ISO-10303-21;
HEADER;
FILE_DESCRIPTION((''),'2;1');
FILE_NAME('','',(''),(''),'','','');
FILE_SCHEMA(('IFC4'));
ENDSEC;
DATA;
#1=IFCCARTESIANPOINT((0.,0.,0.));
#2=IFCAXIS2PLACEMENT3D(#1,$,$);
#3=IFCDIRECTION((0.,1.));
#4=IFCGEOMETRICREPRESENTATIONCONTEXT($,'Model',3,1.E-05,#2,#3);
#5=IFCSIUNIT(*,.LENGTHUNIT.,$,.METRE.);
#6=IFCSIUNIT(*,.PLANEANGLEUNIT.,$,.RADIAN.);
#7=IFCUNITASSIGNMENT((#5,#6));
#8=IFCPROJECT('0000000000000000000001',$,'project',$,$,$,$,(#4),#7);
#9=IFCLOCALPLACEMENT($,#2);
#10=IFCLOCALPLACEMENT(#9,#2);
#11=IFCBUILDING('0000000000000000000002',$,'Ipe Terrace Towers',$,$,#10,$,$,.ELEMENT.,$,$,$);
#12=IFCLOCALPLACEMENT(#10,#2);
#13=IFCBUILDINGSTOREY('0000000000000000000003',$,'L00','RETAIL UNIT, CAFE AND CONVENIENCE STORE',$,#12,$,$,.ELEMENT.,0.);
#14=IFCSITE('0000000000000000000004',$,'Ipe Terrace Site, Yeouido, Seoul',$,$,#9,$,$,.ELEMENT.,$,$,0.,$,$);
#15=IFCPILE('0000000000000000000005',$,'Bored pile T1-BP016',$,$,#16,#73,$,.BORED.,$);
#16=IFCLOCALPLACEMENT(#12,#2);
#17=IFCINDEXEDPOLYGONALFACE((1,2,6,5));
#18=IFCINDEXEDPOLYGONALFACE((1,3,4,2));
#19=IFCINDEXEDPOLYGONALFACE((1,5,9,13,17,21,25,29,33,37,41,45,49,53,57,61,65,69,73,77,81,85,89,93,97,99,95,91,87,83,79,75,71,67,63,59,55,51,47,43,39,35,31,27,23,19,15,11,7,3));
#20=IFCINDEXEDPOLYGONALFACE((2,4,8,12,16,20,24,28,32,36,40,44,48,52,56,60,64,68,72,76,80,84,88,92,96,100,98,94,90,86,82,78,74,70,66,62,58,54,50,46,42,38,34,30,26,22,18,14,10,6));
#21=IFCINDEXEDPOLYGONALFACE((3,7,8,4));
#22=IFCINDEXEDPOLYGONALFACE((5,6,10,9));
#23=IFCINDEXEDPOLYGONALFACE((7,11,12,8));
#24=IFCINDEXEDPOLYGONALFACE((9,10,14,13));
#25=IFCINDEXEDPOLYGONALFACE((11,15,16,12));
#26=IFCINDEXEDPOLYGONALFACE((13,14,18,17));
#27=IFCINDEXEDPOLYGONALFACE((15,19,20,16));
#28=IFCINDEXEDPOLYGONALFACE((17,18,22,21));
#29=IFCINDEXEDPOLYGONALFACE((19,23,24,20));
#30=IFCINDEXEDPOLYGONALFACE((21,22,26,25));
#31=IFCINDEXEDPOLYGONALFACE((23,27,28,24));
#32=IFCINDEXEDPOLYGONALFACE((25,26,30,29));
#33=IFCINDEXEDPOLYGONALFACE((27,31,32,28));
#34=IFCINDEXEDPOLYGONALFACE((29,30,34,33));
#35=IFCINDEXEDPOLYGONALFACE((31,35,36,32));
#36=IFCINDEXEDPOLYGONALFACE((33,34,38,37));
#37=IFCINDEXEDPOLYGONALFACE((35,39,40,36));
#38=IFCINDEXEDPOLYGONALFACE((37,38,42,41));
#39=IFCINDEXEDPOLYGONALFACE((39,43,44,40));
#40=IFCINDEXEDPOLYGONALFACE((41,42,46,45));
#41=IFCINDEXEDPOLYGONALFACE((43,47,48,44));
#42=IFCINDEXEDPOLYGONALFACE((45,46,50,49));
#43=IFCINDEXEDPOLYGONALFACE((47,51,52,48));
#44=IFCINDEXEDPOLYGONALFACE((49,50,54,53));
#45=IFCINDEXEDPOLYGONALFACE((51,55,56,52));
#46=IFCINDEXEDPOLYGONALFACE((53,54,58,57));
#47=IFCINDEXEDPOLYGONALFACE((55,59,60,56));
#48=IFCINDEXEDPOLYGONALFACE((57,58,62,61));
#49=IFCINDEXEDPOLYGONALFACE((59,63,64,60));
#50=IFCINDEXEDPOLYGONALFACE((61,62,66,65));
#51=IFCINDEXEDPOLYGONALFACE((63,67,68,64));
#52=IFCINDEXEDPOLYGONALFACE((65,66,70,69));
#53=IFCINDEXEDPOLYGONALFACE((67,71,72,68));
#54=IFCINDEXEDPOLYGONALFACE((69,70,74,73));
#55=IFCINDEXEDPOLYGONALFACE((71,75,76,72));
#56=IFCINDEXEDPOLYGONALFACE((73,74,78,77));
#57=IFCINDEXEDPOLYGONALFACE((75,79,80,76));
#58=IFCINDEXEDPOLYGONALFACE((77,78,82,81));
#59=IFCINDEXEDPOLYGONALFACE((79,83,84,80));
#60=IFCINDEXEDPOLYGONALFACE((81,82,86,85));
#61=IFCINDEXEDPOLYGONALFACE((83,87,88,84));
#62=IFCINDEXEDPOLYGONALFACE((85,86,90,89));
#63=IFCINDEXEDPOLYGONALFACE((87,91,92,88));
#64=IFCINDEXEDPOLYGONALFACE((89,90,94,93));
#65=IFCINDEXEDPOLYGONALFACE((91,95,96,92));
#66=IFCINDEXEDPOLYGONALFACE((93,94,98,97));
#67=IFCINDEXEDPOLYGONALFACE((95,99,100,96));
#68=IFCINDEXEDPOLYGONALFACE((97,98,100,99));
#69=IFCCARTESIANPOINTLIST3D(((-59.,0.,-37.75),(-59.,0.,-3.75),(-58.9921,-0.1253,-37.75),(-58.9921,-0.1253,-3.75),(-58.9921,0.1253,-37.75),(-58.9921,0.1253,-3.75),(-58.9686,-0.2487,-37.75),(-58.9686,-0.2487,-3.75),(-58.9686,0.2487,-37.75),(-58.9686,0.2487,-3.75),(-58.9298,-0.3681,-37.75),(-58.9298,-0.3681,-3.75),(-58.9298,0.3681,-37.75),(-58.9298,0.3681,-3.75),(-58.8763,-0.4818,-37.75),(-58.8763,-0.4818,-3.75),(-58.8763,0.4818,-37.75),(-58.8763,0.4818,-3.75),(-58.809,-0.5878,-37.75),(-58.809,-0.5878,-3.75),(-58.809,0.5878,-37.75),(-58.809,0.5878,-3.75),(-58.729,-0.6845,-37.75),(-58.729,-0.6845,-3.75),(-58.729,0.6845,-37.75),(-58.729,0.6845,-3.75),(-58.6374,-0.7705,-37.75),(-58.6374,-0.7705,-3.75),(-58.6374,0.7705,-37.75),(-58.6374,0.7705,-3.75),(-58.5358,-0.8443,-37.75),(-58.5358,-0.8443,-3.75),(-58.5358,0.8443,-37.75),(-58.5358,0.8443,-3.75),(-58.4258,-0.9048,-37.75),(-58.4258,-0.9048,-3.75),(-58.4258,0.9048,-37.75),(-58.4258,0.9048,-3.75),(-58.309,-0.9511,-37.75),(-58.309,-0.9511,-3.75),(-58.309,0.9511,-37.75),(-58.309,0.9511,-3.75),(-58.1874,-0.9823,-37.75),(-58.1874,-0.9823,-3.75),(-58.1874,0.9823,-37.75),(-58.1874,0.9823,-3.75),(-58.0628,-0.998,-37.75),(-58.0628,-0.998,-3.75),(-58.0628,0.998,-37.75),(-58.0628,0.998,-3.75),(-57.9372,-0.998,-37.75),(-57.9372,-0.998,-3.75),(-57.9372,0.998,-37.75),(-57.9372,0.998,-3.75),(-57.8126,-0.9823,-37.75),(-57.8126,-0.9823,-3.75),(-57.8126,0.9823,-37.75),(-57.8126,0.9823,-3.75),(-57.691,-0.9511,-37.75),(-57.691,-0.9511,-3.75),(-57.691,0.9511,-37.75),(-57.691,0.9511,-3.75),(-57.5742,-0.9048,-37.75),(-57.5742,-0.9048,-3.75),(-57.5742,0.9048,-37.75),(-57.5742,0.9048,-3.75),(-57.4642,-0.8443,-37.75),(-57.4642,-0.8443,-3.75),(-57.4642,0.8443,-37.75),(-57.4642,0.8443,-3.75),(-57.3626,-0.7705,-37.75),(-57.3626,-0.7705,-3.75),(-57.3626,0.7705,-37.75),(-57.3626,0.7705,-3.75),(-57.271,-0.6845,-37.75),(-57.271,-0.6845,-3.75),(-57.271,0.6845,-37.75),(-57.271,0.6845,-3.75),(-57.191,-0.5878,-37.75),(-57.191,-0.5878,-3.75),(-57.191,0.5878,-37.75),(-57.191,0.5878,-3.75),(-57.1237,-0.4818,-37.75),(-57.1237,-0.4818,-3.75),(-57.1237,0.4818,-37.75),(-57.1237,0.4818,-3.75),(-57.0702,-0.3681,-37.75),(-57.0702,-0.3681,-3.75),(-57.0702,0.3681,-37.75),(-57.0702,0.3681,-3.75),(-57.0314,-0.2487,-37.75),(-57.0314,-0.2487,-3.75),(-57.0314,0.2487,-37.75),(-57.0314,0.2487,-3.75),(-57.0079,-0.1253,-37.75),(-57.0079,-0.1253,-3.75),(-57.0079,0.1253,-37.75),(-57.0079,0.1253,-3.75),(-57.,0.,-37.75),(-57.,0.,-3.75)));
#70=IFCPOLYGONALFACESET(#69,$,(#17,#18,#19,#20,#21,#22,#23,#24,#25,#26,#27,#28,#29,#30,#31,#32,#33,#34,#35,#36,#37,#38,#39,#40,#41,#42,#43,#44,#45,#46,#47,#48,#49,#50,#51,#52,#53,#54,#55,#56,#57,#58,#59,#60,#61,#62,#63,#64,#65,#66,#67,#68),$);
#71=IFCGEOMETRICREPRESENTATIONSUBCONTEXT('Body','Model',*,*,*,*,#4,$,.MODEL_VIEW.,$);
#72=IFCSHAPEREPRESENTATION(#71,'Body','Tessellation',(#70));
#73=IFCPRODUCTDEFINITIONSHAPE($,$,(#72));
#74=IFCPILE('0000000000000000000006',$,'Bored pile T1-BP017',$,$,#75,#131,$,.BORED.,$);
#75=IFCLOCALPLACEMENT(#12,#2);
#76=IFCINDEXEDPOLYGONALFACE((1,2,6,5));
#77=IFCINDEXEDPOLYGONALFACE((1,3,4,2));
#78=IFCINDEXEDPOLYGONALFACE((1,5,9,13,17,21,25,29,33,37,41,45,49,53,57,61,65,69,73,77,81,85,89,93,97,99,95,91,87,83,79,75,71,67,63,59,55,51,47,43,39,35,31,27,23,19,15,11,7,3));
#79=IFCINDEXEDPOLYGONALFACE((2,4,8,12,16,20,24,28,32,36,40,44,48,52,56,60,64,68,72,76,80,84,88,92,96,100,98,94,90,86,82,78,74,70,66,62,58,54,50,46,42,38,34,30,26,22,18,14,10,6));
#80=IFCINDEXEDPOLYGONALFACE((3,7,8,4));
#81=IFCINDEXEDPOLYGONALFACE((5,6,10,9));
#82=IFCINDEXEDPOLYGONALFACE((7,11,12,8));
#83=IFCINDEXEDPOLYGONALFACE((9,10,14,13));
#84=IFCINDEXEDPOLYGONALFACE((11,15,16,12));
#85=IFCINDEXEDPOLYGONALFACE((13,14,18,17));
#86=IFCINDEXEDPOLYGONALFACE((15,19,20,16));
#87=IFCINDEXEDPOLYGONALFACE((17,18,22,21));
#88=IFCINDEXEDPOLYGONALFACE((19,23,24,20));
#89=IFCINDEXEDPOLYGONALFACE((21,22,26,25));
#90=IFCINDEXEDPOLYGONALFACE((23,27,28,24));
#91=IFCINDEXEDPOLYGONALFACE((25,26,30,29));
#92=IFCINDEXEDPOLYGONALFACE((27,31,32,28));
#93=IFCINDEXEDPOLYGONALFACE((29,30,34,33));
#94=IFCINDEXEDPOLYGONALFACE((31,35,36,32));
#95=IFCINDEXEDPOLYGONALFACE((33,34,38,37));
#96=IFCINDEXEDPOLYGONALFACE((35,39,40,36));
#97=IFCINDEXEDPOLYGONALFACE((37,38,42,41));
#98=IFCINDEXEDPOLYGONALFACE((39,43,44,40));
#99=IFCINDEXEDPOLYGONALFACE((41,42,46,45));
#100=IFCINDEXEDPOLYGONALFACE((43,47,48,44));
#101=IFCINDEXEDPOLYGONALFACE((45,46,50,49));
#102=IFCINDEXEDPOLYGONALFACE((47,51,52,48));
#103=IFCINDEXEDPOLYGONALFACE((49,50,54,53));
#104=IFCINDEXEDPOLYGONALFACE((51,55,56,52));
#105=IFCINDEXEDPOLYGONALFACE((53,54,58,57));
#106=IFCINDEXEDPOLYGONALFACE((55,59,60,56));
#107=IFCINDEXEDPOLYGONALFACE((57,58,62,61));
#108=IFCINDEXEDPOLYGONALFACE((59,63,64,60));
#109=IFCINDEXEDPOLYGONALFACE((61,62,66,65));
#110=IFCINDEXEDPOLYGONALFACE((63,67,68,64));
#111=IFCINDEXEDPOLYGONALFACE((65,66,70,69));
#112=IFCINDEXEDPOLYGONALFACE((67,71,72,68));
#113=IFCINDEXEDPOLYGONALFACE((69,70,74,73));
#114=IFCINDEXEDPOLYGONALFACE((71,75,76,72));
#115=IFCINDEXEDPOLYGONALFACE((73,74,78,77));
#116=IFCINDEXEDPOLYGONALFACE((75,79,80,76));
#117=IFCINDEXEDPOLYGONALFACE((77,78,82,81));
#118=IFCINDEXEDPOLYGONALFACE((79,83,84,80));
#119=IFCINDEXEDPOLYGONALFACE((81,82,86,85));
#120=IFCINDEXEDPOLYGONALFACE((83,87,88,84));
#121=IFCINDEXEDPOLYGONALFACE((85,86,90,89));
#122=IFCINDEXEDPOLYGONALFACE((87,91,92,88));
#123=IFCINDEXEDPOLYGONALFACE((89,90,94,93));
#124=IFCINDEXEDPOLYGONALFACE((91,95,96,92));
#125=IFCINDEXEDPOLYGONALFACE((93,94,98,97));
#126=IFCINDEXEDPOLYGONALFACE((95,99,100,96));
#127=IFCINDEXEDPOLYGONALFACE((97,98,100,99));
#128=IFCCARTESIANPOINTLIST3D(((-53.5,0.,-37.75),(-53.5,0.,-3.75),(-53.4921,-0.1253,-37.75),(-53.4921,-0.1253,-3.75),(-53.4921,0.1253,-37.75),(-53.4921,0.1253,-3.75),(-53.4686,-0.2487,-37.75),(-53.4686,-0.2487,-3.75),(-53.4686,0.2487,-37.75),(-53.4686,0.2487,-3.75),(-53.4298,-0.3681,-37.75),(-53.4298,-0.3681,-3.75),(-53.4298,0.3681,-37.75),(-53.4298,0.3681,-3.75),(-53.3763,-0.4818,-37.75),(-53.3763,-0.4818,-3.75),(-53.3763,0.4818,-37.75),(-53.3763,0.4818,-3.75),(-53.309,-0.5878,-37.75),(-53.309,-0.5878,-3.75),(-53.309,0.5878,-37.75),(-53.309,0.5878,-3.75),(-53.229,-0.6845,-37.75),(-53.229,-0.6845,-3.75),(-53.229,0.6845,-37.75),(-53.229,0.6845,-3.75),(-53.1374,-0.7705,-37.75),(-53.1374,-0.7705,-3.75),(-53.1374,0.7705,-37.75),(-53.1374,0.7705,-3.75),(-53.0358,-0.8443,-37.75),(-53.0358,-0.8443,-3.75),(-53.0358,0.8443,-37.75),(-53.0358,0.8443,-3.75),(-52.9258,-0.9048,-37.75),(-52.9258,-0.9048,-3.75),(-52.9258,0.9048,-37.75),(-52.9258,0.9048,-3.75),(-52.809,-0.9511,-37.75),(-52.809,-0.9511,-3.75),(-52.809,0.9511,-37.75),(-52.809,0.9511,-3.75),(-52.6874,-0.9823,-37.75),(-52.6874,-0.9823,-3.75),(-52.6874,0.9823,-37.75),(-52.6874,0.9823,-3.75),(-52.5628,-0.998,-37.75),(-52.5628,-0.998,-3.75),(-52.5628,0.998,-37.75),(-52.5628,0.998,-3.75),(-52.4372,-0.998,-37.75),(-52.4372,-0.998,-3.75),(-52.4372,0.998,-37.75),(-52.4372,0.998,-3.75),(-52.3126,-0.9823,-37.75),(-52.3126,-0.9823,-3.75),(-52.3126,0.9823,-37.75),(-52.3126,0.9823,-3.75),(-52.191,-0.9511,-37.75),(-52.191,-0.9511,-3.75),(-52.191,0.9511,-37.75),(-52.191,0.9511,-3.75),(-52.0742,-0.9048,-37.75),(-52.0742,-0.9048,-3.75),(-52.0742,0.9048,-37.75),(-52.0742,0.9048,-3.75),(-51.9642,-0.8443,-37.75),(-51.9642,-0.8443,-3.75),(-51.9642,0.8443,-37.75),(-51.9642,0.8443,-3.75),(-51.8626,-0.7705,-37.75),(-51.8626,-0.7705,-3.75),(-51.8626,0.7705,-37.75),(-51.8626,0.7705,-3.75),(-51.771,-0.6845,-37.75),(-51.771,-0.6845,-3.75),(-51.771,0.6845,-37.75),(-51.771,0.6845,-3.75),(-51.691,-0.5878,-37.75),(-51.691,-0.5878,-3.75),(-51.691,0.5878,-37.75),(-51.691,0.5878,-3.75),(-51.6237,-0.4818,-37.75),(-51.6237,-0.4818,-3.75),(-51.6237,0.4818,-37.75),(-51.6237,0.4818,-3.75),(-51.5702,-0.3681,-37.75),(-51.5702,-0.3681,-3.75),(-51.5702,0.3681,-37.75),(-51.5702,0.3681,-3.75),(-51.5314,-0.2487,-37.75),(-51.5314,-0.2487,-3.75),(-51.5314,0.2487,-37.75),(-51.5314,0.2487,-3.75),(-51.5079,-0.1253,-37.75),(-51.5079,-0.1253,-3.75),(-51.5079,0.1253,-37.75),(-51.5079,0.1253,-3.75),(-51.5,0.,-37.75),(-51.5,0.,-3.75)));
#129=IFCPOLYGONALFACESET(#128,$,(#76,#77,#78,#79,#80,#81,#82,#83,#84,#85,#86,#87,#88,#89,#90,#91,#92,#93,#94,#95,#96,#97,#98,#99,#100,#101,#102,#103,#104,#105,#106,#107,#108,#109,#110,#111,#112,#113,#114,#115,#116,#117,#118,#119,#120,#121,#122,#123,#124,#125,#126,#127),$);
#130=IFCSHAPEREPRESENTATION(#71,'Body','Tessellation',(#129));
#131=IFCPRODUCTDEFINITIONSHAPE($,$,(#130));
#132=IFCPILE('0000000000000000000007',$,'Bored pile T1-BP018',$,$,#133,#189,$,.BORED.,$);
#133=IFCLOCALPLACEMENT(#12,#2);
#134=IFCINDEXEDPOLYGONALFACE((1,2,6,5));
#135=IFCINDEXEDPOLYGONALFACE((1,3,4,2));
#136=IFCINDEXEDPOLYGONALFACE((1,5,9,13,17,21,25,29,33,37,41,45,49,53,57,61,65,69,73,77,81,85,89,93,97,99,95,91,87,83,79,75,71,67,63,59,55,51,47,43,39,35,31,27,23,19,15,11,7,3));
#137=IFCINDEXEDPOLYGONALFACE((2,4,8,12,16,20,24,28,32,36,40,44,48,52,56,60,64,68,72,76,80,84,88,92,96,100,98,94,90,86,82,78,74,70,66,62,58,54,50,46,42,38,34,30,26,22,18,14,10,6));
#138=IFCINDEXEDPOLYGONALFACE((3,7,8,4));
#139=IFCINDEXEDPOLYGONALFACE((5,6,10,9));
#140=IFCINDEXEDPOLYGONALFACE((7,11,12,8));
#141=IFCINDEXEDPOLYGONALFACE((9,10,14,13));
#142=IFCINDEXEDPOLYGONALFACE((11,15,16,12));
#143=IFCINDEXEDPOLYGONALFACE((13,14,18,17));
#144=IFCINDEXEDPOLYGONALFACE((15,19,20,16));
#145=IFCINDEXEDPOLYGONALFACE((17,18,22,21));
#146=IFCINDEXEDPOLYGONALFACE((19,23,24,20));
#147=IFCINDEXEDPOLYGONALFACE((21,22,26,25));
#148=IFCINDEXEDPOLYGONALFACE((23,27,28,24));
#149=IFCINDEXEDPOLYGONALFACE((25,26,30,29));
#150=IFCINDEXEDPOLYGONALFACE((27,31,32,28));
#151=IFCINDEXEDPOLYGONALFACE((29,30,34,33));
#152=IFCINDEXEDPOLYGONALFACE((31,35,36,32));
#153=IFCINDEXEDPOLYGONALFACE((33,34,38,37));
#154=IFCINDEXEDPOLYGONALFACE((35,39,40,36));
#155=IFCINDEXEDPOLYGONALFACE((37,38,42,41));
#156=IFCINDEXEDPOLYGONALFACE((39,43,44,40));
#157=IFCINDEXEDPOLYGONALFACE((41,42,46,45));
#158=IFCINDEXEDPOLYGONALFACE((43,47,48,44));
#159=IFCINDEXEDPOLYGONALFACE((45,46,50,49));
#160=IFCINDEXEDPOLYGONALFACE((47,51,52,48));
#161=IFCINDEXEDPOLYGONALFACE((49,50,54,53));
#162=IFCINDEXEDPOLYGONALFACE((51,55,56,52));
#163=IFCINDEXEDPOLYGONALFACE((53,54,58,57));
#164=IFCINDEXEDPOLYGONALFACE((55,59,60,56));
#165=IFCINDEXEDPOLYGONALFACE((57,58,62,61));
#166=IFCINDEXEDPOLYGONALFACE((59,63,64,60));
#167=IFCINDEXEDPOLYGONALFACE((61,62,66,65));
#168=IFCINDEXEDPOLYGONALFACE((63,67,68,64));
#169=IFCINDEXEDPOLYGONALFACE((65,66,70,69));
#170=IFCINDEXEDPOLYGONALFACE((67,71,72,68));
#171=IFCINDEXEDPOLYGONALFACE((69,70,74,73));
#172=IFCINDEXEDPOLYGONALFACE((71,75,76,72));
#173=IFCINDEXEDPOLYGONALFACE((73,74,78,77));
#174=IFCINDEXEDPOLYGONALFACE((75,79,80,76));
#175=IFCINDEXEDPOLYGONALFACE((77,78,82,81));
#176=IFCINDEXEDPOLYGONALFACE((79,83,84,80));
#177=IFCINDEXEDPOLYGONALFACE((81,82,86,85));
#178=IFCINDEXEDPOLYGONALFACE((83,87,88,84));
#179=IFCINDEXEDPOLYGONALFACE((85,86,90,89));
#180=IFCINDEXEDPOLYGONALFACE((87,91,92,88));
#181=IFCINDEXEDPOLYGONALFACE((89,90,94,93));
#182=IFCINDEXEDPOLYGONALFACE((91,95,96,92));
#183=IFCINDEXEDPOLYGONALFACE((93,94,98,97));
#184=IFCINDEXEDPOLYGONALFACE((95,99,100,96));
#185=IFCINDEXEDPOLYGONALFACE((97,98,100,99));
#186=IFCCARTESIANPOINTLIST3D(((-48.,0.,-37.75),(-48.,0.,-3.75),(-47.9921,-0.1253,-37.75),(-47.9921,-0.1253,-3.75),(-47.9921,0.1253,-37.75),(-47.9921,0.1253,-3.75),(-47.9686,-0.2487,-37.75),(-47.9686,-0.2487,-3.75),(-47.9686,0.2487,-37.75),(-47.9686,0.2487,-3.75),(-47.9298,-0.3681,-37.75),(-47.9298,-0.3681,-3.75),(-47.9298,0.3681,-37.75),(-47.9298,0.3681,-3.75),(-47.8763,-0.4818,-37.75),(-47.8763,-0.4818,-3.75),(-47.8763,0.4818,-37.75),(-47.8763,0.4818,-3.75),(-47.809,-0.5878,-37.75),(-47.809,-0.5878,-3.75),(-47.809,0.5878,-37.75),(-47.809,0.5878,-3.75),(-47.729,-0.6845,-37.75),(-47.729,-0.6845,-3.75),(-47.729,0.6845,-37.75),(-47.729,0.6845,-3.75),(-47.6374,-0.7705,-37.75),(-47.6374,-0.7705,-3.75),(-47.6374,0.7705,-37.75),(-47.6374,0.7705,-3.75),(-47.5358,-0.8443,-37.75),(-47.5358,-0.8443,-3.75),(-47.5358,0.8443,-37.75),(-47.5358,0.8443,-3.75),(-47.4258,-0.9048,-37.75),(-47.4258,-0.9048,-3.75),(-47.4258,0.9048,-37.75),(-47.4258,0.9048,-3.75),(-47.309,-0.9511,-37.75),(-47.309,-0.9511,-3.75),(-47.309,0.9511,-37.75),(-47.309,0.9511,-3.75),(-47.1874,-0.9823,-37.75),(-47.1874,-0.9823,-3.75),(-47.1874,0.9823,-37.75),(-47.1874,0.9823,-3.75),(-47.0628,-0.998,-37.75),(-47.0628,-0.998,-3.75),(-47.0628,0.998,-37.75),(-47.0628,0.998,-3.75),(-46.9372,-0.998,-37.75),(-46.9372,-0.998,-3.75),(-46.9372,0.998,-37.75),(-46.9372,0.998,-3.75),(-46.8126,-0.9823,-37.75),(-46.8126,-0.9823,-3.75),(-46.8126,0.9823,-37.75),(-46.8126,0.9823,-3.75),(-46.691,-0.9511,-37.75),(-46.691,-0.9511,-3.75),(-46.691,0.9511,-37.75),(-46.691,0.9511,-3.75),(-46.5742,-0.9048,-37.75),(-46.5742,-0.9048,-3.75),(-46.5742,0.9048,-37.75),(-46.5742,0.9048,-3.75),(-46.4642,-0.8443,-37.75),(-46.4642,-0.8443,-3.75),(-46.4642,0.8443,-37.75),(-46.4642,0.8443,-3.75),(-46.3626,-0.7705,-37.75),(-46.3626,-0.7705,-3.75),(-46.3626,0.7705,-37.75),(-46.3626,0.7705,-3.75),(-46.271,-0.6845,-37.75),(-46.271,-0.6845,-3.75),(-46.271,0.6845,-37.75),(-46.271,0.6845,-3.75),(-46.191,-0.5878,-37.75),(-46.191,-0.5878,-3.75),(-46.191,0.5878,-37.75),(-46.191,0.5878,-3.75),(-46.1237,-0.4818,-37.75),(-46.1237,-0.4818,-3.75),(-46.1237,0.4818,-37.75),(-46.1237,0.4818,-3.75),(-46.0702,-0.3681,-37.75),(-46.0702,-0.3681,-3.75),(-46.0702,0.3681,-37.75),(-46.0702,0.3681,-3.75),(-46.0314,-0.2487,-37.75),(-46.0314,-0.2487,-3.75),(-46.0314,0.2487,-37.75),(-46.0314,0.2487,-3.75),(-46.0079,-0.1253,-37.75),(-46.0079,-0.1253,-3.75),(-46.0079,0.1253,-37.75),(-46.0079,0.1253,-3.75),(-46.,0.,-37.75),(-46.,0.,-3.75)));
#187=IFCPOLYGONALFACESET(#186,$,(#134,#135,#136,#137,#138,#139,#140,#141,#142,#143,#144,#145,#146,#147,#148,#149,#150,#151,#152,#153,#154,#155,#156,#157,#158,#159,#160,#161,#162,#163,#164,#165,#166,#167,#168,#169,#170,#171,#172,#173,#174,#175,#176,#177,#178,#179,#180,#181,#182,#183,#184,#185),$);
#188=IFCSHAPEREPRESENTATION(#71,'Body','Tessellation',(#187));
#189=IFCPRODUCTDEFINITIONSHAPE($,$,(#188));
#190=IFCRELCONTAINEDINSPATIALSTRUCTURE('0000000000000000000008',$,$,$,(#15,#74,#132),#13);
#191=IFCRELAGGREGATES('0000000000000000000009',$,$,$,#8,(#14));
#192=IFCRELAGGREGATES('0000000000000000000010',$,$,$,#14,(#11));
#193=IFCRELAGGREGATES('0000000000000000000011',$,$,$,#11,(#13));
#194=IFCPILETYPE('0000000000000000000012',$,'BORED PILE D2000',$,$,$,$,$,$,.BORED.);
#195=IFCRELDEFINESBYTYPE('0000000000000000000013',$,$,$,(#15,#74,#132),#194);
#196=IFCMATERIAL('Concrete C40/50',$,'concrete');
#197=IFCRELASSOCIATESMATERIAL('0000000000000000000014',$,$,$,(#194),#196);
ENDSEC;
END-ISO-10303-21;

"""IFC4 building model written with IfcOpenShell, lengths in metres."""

from ifc_helpers import new_model, si_unit, direction, frame, origin, origin_2d, place, context, subcontext, project, spatial, circle, extrude, material, material_profile, profile_set, type_object, element, save


model = new_model("IFC4")

# Units and contexts
model_context = context("Model", 3, precision=1e-05, world=origin(), true_north=direction((0.0, 1.0)))
body_context = subcontext(model_context, "Body", "Model", "MODEL_VIEW")
ifc_project = project(units=[si_unit("LENGTHUNIT", "METRE"), si_unit("PLANEANGLEUNIT", "RADIAN")], contexts=[model_context])

# Site, building, storey
site_placement = place(None, origin())
site = spatial("IfcSite", under=ifc_project, at=site_placement, Name="Ipe Terrace Site, Yeouido, Seoul", CompositionType="ELEMENT", RefElevation=0.0)
building_placement = place(site_placement, origin())
building = spatial("IfcBuilding", under=site, at=building_placement, Name="Ipe Terrace Towers", CompositionType="ELEMENT")
storey_placement = place(building_placement, origin())
storey = spatial("IfcBuildingStorey", under=building, at=storey_placement, Name="L00", Description="RETAIL UNIT, CAFE AND CONVENIENCE STORE", CompositionType="ELEMENT", Elevation=0.0)

# Piles
ifc_material_1 = material(Name="Concrete C40/50", Category="concrete")
ifc_material_profile = material_profile(ifc_material_1, circle(Radius=1.0, at=origin_2d()), Name="BORED PILE D2000")
ifc_profile_set = profile_set([ifc_material_profile], Name="Concrete C40/50")
pile_type = type_object("IfcPileType", Name="BORED PILE D2000", PredefinedType="BORED", material=ifc_profile_set)
for number, where, z_axis, x_axis, name in (
    (1, (-58.0, 0.0, -3.75), (0.0, 0.0, -1.0), (1.0, 0.0, 0.0), "Bored pile T1-BP016"),
    (2, (-52.5, 0.0, -3.75), (0.0, 0.0, -1.0), (1.0, 0.0, 0.0), "Bored pile T1-BP017"),
    (3, (-47.0, 0.0, -3.75), (0.0, 0.0, -1.0), (1.0, 0.0, 0.0), "Bored pile T1-BP018"),
):
    element("IfcPile", number, at=place(storey_placement, frame(where, z_axis=z_axis, x_axis=x_axis)), inside=storey, type_object=pile_type, Name=name, PredefinedType="BORED", context=body_context, shape_type="SweptSolid", body=[
        extrude(circle(Radius=1.0, at=origin_2d()), origin(), (0.0, 0.0, 1.0), 34.0),
    ])

save(model, "model.ifc")
